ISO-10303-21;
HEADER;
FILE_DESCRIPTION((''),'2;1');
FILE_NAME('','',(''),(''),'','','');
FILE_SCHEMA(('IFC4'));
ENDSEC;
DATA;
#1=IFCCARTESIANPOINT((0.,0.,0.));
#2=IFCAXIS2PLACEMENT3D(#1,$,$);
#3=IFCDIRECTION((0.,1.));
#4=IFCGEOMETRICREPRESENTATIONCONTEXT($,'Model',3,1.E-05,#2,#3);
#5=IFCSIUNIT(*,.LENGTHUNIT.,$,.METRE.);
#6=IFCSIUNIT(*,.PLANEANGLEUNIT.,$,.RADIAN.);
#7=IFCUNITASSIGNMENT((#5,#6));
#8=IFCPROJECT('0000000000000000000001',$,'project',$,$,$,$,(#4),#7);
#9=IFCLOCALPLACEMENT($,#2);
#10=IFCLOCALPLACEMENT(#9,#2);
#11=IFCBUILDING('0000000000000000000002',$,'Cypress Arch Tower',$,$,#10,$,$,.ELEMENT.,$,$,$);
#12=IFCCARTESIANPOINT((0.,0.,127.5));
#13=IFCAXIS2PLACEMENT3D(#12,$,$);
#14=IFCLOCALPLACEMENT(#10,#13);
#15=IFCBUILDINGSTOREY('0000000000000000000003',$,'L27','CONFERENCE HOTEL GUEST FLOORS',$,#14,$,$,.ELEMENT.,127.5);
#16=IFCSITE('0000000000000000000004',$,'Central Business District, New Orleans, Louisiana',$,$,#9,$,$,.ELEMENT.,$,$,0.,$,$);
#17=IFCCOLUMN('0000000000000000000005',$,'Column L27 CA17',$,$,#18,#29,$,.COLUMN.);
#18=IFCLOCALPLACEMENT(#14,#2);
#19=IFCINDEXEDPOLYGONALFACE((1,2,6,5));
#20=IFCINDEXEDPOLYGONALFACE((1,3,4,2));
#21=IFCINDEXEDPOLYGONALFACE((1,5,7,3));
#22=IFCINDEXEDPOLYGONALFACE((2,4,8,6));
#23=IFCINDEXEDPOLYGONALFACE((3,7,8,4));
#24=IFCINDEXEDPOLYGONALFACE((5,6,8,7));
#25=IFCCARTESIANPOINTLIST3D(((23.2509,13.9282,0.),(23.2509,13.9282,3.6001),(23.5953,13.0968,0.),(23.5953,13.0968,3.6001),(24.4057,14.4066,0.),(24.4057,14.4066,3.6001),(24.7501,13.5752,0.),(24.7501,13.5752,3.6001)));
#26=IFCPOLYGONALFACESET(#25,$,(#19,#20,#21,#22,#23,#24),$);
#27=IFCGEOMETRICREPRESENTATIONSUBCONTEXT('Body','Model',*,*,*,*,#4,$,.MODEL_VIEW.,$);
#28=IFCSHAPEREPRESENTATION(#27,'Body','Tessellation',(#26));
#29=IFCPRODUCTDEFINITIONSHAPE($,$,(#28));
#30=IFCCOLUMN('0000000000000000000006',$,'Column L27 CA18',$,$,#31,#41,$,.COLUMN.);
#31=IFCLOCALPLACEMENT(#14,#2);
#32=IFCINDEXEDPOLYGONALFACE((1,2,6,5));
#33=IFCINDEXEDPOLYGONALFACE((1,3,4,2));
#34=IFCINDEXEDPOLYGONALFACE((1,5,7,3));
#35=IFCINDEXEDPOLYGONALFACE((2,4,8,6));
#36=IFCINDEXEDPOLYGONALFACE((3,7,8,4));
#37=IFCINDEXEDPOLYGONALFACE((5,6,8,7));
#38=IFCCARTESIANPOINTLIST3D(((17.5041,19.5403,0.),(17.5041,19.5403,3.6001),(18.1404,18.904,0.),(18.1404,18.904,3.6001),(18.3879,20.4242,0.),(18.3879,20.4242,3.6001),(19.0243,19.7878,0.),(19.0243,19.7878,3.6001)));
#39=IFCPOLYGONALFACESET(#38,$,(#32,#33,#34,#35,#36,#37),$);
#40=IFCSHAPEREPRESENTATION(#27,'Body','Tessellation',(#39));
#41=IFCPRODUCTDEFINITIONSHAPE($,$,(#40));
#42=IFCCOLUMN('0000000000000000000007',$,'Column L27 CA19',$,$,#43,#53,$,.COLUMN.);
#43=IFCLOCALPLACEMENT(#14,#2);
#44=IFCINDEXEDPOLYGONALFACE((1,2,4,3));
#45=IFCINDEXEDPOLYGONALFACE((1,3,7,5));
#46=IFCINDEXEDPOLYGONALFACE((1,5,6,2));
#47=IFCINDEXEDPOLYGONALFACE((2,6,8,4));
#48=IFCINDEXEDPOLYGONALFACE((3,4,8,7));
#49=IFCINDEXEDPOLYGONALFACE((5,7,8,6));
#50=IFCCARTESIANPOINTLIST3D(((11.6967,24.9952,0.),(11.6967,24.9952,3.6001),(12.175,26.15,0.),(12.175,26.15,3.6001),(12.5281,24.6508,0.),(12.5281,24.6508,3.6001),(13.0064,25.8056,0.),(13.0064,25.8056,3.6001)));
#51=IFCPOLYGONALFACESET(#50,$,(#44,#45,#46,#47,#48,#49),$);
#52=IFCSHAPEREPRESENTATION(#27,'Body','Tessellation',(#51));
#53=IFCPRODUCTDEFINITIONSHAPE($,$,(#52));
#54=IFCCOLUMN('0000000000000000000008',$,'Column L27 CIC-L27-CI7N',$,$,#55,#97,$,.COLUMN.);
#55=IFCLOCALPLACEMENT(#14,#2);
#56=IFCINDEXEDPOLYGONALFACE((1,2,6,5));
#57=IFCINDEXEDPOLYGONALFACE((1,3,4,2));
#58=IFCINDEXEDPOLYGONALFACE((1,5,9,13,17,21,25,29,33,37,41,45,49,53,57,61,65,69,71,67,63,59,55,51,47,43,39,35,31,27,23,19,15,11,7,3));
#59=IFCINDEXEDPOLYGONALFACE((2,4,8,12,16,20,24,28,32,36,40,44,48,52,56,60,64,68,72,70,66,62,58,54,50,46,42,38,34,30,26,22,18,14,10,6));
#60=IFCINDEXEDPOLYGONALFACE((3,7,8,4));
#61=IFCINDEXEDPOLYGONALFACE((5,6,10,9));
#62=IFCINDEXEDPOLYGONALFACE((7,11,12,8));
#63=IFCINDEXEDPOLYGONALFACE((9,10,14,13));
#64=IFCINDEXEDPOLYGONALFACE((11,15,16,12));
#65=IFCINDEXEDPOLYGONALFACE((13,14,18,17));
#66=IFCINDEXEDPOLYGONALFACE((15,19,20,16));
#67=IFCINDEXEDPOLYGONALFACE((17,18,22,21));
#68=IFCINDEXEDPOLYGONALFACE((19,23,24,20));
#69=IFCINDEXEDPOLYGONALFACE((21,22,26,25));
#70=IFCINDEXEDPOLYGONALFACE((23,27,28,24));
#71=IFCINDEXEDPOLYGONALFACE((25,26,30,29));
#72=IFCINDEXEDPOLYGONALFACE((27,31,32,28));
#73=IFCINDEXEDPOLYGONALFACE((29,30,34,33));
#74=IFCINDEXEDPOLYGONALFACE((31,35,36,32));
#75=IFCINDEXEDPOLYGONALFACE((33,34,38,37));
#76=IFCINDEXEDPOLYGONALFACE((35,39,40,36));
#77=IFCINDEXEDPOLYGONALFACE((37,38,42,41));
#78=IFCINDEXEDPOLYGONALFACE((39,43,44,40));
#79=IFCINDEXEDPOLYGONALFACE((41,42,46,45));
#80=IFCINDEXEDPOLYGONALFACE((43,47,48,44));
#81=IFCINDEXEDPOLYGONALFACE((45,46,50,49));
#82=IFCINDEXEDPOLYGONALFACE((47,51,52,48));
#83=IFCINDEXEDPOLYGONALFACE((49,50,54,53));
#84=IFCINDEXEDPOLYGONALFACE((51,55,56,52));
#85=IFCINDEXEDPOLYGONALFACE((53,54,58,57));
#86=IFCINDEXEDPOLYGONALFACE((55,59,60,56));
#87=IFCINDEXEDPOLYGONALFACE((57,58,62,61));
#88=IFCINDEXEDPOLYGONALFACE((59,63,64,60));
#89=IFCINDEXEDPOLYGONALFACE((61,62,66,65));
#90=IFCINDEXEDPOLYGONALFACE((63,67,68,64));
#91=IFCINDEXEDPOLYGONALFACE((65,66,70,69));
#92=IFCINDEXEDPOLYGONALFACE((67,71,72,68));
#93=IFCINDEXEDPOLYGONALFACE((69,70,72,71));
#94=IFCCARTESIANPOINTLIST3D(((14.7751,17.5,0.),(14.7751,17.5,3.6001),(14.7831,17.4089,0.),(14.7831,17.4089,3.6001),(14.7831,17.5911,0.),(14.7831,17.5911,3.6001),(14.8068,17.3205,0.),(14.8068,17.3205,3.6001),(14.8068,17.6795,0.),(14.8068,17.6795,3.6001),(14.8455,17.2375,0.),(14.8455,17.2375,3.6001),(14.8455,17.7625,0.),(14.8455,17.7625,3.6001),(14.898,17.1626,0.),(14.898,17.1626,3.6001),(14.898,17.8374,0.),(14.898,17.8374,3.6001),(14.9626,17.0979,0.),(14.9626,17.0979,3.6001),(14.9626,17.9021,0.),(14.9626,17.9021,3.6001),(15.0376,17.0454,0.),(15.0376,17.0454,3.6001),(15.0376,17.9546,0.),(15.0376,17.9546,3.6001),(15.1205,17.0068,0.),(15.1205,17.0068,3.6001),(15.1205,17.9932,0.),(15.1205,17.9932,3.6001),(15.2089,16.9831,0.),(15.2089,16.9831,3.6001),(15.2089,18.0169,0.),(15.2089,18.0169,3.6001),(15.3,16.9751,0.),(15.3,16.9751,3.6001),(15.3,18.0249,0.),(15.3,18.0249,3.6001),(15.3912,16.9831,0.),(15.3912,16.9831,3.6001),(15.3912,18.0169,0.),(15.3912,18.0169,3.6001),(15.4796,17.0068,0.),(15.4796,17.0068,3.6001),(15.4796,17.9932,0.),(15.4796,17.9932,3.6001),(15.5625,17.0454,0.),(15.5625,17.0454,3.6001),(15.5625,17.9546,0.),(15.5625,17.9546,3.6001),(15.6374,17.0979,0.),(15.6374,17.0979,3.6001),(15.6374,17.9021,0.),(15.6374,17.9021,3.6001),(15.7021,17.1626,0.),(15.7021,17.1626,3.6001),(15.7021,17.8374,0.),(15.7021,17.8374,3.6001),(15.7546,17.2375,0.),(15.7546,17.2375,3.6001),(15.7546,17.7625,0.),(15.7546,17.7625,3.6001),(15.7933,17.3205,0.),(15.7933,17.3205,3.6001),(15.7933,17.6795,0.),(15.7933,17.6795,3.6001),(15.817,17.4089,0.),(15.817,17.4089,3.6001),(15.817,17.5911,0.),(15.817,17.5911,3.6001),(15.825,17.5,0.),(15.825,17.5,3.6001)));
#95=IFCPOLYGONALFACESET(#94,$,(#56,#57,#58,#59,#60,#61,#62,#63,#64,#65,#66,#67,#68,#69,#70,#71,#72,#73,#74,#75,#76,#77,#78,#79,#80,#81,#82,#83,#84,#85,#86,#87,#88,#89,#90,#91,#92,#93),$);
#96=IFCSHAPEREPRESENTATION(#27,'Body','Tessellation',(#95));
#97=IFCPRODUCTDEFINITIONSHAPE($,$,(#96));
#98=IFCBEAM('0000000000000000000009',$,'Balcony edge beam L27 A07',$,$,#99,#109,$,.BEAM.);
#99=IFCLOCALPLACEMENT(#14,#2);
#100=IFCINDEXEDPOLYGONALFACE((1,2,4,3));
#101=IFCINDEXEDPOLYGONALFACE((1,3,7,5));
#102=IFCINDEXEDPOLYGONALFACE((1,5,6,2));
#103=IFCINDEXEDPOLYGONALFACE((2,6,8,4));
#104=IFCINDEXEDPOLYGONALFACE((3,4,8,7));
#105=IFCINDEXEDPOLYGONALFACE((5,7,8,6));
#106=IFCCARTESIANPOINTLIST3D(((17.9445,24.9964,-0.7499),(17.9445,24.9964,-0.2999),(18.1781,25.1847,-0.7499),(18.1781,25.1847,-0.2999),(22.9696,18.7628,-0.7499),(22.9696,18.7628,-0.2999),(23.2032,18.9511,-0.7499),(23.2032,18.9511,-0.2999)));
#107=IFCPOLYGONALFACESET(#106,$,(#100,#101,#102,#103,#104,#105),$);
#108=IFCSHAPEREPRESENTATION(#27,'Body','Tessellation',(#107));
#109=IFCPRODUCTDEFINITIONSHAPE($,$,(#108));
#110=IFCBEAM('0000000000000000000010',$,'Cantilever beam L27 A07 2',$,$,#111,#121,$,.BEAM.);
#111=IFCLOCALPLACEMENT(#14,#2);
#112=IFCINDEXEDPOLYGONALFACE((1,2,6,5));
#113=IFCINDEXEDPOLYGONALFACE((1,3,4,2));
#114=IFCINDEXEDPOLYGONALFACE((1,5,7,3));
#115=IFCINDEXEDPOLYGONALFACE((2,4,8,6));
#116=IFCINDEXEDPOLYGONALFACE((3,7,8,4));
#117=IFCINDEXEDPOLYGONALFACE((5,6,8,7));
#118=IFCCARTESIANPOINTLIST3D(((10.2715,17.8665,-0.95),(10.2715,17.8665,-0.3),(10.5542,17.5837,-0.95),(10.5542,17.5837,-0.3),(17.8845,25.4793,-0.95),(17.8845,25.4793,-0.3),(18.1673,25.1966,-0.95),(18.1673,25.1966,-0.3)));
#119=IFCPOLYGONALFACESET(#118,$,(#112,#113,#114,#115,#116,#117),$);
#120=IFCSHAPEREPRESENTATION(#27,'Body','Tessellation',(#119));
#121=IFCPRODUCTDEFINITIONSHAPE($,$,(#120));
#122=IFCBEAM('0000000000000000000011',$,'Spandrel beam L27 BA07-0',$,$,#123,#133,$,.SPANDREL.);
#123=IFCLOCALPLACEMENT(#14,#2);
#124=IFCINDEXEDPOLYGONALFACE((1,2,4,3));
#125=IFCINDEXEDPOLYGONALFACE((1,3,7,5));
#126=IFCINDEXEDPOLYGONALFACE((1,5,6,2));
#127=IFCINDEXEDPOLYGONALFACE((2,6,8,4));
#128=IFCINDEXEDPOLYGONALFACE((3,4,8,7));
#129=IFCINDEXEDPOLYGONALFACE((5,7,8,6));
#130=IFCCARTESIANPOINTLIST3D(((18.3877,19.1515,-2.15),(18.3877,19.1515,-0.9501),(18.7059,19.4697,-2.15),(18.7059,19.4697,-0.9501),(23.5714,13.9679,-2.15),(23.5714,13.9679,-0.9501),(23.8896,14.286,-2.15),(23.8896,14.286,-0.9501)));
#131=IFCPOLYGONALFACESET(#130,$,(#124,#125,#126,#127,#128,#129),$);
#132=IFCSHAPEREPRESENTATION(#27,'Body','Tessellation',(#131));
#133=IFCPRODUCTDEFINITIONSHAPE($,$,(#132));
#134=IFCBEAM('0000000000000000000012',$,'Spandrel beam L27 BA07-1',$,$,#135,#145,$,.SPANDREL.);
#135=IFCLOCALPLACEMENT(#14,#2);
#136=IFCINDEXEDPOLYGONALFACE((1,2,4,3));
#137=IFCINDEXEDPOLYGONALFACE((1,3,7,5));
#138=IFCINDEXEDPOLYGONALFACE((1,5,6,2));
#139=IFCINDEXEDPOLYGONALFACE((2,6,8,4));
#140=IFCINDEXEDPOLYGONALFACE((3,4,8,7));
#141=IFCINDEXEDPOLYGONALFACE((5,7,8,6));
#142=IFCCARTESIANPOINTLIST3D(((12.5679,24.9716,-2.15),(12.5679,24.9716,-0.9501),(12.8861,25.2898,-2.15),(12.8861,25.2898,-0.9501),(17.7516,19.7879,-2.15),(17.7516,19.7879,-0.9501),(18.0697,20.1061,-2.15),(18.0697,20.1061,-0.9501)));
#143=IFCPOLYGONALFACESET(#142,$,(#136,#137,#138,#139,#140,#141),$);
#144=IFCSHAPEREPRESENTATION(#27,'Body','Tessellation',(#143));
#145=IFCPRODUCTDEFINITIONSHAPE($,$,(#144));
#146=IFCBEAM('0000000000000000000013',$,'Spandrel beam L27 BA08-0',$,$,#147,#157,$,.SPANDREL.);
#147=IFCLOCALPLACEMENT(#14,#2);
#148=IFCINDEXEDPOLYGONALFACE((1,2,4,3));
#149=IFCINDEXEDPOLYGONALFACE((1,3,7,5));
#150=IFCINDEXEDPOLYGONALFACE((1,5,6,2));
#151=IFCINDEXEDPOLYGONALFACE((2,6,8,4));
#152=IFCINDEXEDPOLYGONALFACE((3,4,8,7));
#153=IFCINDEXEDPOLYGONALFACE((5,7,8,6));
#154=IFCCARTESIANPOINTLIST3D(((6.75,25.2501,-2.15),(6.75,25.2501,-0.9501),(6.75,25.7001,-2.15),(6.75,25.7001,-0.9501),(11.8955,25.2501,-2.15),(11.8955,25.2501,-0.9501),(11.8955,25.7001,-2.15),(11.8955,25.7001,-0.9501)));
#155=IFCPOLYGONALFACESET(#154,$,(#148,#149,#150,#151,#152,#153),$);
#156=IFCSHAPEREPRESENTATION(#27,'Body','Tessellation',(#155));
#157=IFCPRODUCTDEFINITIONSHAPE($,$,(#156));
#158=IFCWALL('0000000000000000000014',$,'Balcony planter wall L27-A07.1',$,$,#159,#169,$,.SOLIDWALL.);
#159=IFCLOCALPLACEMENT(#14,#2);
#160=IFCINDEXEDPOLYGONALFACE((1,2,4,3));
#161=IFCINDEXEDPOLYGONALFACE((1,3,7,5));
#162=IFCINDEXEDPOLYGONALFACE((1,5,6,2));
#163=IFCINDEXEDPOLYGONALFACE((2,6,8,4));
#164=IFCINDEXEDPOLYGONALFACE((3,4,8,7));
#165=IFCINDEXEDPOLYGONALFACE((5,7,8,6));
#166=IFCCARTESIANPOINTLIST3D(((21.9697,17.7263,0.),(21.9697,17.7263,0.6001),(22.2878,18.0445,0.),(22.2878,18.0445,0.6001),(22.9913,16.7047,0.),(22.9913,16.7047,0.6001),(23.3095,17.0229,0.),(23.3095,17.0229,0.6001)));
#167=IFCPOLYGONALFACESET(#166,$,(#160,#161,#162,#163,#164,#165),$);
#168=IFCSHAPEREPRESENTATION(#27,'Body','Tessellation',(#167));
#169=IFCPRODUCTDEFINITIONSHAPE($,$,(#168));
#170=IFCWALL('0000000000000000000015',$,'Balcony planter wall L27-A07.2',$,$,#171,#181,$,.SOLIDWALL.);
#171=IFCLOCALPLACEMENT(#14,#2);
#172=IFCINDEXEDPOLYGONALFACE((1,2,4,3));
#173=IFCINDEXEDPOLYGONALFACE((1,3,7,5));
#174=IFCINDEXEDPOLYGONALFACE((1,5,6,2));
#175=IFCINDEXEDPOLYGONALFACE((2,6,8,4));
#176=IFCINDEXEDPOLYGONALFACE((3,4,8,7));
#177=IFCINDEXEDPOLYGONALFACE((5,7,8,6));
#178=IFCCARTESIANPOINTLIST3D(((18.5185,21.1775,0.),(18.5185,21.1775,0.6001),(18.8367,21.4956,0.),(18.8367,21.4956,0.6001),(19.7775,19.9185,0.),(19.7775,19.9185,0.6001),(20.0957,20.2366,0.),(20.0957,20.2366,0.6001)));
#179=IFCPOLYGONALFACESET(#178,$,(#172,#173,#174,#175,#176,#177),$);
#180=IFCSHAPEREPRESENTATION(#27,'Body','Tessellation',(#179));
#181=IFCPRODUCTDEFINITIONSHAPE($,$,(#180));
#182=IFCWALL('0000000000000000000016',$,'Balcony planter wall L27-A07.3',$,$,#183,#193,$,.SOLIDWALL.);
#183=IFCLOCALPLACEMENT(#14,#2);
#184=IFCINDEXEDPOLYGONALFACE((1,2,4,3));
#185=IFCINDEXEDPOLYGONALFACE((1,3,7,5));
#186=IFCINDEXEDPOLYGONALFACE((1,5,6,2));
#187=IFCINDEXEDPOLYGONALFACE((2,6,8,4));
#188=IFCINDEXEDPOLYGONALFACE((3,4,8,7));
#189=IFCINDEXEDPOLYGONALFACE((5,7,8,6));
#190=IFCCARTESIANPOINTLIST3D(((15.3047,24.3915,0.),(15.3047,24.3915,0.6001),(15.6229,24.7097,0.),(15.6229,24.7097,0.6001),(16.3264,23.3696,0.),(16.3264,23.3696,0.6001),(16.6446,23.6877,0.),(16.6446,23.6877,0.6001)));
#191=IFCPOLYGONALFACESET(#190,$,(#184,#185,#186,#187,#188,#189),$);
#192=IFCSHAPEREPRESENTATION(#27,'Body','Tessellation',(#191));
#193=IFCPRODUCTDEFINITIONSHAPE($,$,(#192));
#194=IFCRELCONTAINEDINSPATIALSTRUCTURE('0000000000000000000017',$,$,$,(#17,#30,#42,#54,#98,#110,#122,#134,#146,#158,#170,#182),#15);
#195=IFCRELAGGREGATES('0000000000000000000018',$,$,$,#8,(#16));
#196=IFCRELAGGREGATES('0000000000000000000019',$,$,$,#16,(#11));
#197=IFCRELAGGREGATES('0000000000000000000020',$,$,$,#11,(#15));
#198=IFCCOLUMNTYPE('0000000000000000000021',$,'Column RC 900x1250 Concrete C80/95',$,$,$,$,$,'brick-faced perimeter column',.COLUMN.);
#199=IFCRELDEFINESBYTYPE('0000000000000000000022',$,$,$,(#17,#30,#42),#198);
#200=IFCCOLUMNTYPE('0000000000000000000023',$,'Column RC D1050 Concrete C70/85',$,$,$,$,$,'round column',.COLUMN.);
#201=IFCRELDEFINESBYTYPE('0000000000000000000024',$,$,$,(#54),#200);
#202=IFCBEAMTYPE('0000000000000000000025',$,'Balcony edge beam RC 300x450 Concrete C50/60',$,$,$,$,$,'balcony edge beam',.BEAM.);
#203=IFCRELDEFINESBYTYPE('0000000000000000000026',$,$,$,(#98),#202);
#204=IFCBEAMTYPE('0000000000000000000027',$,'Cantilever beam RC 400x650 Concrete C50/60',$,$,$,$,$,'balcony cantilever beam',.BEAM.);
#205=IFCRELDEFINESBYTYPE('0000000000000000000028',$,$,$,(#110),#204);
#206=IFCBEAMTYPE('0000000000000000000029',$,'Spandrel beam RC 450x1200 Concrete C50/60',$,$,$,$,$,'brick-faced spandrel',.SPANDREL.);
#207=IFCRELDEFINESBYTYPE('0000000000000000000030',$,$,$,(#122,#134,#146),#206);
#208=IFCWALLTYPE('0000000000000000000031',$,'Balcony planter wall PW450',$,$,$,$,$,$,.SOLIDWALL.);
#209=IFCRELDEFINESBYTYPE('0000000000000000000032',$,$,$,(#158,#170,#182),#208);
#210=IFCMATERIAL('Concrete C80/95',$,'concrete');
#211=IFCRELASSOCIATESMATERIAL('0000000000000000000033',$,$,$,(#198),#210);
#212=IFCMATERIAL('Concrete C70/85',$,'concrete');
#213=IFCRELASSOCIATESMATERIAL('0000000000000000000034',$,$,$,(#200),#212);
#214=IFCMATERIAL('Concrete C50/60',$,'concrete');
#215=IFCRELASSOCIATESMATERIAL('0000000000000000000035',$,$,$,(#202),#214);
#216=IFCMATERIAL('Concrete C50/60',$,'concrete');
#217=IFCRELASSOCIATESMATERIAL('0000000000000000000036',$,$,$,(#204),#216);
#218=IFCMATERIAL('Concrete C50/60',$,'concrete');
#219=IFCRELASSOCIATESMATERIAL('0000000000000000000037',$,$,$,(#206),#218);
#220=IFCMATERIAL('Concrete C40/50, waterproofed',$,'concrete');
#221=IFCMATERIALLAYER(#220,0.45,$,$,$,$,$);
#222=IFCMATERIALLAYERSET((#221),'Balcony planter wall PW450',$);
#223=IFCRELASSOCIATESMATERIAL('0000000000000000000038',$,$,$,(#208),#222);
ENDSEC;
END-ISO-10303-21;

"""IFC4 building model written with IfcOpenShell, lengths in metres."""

from ifc_helpers import new_model, si_unit, direction, frame, frame_2d, origin, origin_2d, place, context, subcontext, project, spatial, rectangle, circle, extrude, material, layer, layer_set, material_profile, profile_set, type_object, element, save


model = new_model("IFC4")

# Units and contexts
model_context = context("Model", 3, precision=1e-05, world=origin(), true_north=direction((0.0, 1.0)))
body_context = subcontext(model_context, "Body", "Model", "MODEL_VIEW")
ifc_project = project(units=[si_unit("LENGTHUNIT", "METRE"), si_unit("PLANEANGLEUNIT", "RADIAN")], contexts=[model_context])

# Site, building, storey
site_placement = place(None, origin())
site = spatial("IfcSite", under=ifc_project, at=site_placement, Name="Central Business District, New Orleans, Louisiana", CompositionType="ELEMENT", RefElevation=0.0)
building_placement = place(site_placement, origin())
building = spatial("IfcBuilding", under=site, at=building_placement, Name="Cypress Arch Tower", CompositionType="ELEMENT")
storey_placement = place(building_placement, frame((0.0, 0.0, 127.5)))
storey = spatial("IfcBuildingStorey", under=building, at=storey_placement, Name="L27", Description="CONFERENCE HOTEL GUEST FLOORS", CompositionType="ELEMENT", Elevation=127.5)

# Columns
ifc_material_1 = material(Name="Concrete C80/95", Category="concrete")
ifc_material_profile_1 = material_profile(ifc_material_1, rectangle(XDim=0.8999, YDim=1.25, at=origin_2d()), Name="RC 900x1250")
ifc_profile_set_1 = profile_set([ifc_material_profile_1], Name="Concrete C80/95")
column_type_1 = type_object("IfcColumnType", Name="Column RC 900x1250 Concrete C80/95", ElementType="brick-faced perimeter column", PredefinedType="COLUMN", material=ifc_profile_set_1)
for number, where, z_axis, x_axis, name in (
    (1, (24.0005, 13.7517, 0.0), (0.0, 0.0, 1.0), (-0.382683, 0.92388, 0.0), "Column L27 CA17"),
    (2, (18.2642, 19.6641, 0.0), (0.0, 0.0, 1.0), (-0.707107, 0.707107, 0.0), "Column L27 CA18"),
    (3, (12.3516, 25.4004, 0.0), (0.0, 0.0, 1.0), (-0.92388, 0.382683, 0.0), "Column L27 CA19"),
):
    element("IfcColumn", number, at=place(storey_placement, frame(where, z_axis=z_axis, x_axis=x_axis)), inside=storey, type_object=column_type_1, Name=name, PredefinedType="COLUMN", context=body_context, shape_type="SweptSolid", body=[
        extrude(rectangle(XDim=0.8999, YDim=1.25, at=origin_2d()), origin(), (0.0, 0.0, 1.0), 3.6001),
    ])
ifc_material_2 = material(Name="Concrete C70/85", Category="concrete")
ifc_material_profile_2 = material_profile(ifc_material_2, circle(Radius=0.5249, at=origin_2d()), Name="RC D1050")
ifc_profile_set_2 = profile_set([ifc_material_profile_2], Name="Concrete C70/85")
column_type_2 = type_object("IfcColumnType", Name="Column RC D1050 Concrete C70/85", ElementType="round column", PredefinedType="COLUMN", material=ifc_profile_set_2)
column_placement = place(storey_placement, frame((15.3, 17.5, 0.0), z_axis=(0.0, 0.0, 1.0), x_axis=(1.0, 0.0, 0.0)))
element("IfcColumn", 4, at=column_placement, inside=storey, type_object=column_type_2, Name="Column L27 CIC-L27-CI7N", PredefinedType="COLUMN", context=body_context, shape_type="SweptSolid", body=[
    extrude(circle(Radius=0.5249, at=origin_2d()), origin(), (0.0, 0.0, 1.0), 3.6001),
])

# Beams
ifc_material_3 = material(Name="Concrete C50/60", Category="concrete")
ifc_material_profile_3 = material_profile(ifc_material_3, rectangle(XDim=0.3, YDim=0.45, at=origin_2d()), Name="RC 300x450")
ifc_profile_set_3 = profile_set([ifc_material_profile_3], Name="Concrete C50/60")
beam_type_1 = type_object("IfcBeamType", Name="Balcony edge beam RC 300x450 Concrete C50/60", ElementType="balcony edge beam", PredefinedType="BEAM", material=ifc_profile_set_3)
beam_1_placement = place(storey_placement, frame((23.0864, 18.8569, -0.5249), z_axis=(-0.627602, 0.778534, 0.0), x_axis=(-0.778534, -0.627602, 0.0)))
element("IfcBeam", 5, at=beam_1_placement, inside=storey, type_object=beam_type_1, Name="Balcony edge beam L27 A07", PredefinedType="BEAM", context=body_context, shape_type="SweptSolid", body=[
    extrude(rectangle(XDim=0.3, YDim=0.45, at=origin_2d()), origin(), (0.0, 0.0, 1.0), 8.0068),
])
ifc_material_4 = material(Name="Concrete C50/60", Category="concrete")
ifc_material_profile_4 = material_profile(ifc_material_4, rectangle(XDim=0.3999, YDim=0.6499, at=origin_2d()), Name="RC 400x650")
ifc_profile_set_4 = profile_set([ifc_material_profile_4], Name="Concrete C50/60")
beam_type_2 = type_object("IfcBeamType", Name="Cantilever beam RC 400x650 Concrete C50/60", ElementType="balcony cantilever beam", PredefinedType="BEAM", material=ifc_profile_set_4)
beam_2_placement = place(storey_placement, frame((10.4128, 17.7251, -0.625), z_axis=(0.707118, 0.707095, 0.0), x_axis=(-0.707095, 0.707118, 0.0)))
element("IfcBeam", 6, at=beam_2_placement, inside=storey, type_object=beam_type_2, Name="Cantilever beam L27 A07 2", PredefinedType="BEAM", context=body_context, shape_type="SweptSolid", body=[
    extrude(rectangle(XDim=0.3999, YDim=0.6499, at=origin_2d()), origin(), (0.0, 0.0, 1.0), 10.7664),
])
ifc_material_5 = material(Name="Concrete C50/60", Category="concrete")
ifc_material_profile_5 = material_profile(ifc_material_5, rectangle(XDim=0.45, YDim=1.2, at=origin_2d()), Name="RC 450x1200")
ifc_profile_set_5 = profile_set([ifc_material_profile_5], Name="Concrete C50/60")
beam_type_3 = type_object("IfcBeamType", Name="Spandrel beam RC 450x1200 Concrete C50/60", ElementType="brick-faced spandrel", PredefinedType="SPANDREL", material=ifc_profile_set_5)
for number, where, z_axis, x_axis, name in (
    (7, (23.7305, 14.127, -1.55), (-0.707107, 0.707107, 0.0), (-0.707107, -0.707107, 0.0), "Spandrel beam L27 BA07-0"),
    (8, (17.9106, 19.947, -1.55), (-0.707107, 0.707107, 0.0), (-0.707107, -0.707107, 0.0), "Spandrel beam L27 BA07-1"),
):
    element("IfcBeam", number, at=place(storey_placement, frame(where, z_axis=z_axis, x_axis=x_axis)), inside=storey, type_object=beam_type_3, Name=name, PredefinedType="SPANDREL", context=body_context, shape_type="SweptSolid", body=[
        extrude(rectangle(XDim=0.45, YDim=1.2, at=origin_2d()), origin(), (0.0, 0.0, 1.0), 7.3308),
    ])
beam_3_placement = place(storey_placement, frame((11.8955, 25.4751, -1.55), z_axis=(-1.0, 0.0, 0.0), x_axis=(0.0, -1.0, 0.0)))
element("IfcBeam", 9, at=beam_3_placement, inside=storey, type_object=beam_type_3, Name="Spandrel beam L27 BA08-0", PredefinedType="SPANDREL", context=body_context, shape_type="SweptSolid", body=[
    extrude(rectangle(XDim=0.45, YDim=1.2, at=origin_2d()), origin(), (0.0, 0.0, 1.0), 5.1455),
])

# Walls
ifc_material_6 = material(Name="Concrete C40/50, waterproofed", Category="concrete")
ifc_layer_1 = layer(ifc_material_6, 0.45)
ifc_layer_set_1 = layer_set([ifc_layer_1], Name="Balcony planter wall PW450")
wall_type_1 = type_object("IfcWallType", Name="Balcony planter wall PW450", PredefinedType="SOLIDWALL", material=ifc_layer_set_1)
wall_1_placement = place(storey_placement, frame((23.1504, 16.8638, 0.0), z_axis=(0.0, 0.0, 1.0), x_axis=(-0.707107, 0.707107, 0.0)))
element("IfcWall", 10, at=wall_1_placement, inside=storey, type_object=wall_type_1, Name="Balcony planter wall L27-A07.1", PredefinedType="SOLIDWALL", context=body_context, shape_type="SweptSolid", body=[
    extrude(rectangle(XDim=1.4448, YDim=0.45, at=frame_2d((0.7224, 0.0))), origin(), (0.0, 0.0, 1.0), 0.6001),
])
wall_2_placement = place(storey_placement, frame((19.9365, 20.0776, 0.0), z_axis=(0.0, 0.0, 1.0), x_axis=(-0.707107, 0.707107, 0.0)))
element("IfcWall", 11, at=wall_2_placement, inside=storey, type_object=wall_type_1, Name="Balcony planter wall L27-A07.2", PredefinedType="SOLIDWALL", context=body_context, shape_type="SweptSolid", body=[
    extrude(rectangle(XDim=1.7805, YDim=0.45, at=frame_2d((0.8901, 0.0))), origin(), (0.0, 0.0, 1.0), 0.6001),
])
wall_3_placement = place(storey_placement, frame((16.4856, 23.5286, 0.0), z_axis=(0.0, 0.0, 1.0), x_axis=(-0.707022, 0.707191, 0.0)))
element("IfcWall", 12, at=wall_3_placement, inside=storey, type_object=wall_type_1, Name="Balcony planter wall L27-A07.3", PredefinedType="SOLIDWALL", context=body_context, shape_type="SweptSolid", body=[
    extrude(rectangle(XDim=1.4451, YDim=0.45, at=frame_2d((0.7227, 0.0))), origin(), (0.0, 0.0, 1.0), 0.6001),
])

save(model, "model.ifc")
